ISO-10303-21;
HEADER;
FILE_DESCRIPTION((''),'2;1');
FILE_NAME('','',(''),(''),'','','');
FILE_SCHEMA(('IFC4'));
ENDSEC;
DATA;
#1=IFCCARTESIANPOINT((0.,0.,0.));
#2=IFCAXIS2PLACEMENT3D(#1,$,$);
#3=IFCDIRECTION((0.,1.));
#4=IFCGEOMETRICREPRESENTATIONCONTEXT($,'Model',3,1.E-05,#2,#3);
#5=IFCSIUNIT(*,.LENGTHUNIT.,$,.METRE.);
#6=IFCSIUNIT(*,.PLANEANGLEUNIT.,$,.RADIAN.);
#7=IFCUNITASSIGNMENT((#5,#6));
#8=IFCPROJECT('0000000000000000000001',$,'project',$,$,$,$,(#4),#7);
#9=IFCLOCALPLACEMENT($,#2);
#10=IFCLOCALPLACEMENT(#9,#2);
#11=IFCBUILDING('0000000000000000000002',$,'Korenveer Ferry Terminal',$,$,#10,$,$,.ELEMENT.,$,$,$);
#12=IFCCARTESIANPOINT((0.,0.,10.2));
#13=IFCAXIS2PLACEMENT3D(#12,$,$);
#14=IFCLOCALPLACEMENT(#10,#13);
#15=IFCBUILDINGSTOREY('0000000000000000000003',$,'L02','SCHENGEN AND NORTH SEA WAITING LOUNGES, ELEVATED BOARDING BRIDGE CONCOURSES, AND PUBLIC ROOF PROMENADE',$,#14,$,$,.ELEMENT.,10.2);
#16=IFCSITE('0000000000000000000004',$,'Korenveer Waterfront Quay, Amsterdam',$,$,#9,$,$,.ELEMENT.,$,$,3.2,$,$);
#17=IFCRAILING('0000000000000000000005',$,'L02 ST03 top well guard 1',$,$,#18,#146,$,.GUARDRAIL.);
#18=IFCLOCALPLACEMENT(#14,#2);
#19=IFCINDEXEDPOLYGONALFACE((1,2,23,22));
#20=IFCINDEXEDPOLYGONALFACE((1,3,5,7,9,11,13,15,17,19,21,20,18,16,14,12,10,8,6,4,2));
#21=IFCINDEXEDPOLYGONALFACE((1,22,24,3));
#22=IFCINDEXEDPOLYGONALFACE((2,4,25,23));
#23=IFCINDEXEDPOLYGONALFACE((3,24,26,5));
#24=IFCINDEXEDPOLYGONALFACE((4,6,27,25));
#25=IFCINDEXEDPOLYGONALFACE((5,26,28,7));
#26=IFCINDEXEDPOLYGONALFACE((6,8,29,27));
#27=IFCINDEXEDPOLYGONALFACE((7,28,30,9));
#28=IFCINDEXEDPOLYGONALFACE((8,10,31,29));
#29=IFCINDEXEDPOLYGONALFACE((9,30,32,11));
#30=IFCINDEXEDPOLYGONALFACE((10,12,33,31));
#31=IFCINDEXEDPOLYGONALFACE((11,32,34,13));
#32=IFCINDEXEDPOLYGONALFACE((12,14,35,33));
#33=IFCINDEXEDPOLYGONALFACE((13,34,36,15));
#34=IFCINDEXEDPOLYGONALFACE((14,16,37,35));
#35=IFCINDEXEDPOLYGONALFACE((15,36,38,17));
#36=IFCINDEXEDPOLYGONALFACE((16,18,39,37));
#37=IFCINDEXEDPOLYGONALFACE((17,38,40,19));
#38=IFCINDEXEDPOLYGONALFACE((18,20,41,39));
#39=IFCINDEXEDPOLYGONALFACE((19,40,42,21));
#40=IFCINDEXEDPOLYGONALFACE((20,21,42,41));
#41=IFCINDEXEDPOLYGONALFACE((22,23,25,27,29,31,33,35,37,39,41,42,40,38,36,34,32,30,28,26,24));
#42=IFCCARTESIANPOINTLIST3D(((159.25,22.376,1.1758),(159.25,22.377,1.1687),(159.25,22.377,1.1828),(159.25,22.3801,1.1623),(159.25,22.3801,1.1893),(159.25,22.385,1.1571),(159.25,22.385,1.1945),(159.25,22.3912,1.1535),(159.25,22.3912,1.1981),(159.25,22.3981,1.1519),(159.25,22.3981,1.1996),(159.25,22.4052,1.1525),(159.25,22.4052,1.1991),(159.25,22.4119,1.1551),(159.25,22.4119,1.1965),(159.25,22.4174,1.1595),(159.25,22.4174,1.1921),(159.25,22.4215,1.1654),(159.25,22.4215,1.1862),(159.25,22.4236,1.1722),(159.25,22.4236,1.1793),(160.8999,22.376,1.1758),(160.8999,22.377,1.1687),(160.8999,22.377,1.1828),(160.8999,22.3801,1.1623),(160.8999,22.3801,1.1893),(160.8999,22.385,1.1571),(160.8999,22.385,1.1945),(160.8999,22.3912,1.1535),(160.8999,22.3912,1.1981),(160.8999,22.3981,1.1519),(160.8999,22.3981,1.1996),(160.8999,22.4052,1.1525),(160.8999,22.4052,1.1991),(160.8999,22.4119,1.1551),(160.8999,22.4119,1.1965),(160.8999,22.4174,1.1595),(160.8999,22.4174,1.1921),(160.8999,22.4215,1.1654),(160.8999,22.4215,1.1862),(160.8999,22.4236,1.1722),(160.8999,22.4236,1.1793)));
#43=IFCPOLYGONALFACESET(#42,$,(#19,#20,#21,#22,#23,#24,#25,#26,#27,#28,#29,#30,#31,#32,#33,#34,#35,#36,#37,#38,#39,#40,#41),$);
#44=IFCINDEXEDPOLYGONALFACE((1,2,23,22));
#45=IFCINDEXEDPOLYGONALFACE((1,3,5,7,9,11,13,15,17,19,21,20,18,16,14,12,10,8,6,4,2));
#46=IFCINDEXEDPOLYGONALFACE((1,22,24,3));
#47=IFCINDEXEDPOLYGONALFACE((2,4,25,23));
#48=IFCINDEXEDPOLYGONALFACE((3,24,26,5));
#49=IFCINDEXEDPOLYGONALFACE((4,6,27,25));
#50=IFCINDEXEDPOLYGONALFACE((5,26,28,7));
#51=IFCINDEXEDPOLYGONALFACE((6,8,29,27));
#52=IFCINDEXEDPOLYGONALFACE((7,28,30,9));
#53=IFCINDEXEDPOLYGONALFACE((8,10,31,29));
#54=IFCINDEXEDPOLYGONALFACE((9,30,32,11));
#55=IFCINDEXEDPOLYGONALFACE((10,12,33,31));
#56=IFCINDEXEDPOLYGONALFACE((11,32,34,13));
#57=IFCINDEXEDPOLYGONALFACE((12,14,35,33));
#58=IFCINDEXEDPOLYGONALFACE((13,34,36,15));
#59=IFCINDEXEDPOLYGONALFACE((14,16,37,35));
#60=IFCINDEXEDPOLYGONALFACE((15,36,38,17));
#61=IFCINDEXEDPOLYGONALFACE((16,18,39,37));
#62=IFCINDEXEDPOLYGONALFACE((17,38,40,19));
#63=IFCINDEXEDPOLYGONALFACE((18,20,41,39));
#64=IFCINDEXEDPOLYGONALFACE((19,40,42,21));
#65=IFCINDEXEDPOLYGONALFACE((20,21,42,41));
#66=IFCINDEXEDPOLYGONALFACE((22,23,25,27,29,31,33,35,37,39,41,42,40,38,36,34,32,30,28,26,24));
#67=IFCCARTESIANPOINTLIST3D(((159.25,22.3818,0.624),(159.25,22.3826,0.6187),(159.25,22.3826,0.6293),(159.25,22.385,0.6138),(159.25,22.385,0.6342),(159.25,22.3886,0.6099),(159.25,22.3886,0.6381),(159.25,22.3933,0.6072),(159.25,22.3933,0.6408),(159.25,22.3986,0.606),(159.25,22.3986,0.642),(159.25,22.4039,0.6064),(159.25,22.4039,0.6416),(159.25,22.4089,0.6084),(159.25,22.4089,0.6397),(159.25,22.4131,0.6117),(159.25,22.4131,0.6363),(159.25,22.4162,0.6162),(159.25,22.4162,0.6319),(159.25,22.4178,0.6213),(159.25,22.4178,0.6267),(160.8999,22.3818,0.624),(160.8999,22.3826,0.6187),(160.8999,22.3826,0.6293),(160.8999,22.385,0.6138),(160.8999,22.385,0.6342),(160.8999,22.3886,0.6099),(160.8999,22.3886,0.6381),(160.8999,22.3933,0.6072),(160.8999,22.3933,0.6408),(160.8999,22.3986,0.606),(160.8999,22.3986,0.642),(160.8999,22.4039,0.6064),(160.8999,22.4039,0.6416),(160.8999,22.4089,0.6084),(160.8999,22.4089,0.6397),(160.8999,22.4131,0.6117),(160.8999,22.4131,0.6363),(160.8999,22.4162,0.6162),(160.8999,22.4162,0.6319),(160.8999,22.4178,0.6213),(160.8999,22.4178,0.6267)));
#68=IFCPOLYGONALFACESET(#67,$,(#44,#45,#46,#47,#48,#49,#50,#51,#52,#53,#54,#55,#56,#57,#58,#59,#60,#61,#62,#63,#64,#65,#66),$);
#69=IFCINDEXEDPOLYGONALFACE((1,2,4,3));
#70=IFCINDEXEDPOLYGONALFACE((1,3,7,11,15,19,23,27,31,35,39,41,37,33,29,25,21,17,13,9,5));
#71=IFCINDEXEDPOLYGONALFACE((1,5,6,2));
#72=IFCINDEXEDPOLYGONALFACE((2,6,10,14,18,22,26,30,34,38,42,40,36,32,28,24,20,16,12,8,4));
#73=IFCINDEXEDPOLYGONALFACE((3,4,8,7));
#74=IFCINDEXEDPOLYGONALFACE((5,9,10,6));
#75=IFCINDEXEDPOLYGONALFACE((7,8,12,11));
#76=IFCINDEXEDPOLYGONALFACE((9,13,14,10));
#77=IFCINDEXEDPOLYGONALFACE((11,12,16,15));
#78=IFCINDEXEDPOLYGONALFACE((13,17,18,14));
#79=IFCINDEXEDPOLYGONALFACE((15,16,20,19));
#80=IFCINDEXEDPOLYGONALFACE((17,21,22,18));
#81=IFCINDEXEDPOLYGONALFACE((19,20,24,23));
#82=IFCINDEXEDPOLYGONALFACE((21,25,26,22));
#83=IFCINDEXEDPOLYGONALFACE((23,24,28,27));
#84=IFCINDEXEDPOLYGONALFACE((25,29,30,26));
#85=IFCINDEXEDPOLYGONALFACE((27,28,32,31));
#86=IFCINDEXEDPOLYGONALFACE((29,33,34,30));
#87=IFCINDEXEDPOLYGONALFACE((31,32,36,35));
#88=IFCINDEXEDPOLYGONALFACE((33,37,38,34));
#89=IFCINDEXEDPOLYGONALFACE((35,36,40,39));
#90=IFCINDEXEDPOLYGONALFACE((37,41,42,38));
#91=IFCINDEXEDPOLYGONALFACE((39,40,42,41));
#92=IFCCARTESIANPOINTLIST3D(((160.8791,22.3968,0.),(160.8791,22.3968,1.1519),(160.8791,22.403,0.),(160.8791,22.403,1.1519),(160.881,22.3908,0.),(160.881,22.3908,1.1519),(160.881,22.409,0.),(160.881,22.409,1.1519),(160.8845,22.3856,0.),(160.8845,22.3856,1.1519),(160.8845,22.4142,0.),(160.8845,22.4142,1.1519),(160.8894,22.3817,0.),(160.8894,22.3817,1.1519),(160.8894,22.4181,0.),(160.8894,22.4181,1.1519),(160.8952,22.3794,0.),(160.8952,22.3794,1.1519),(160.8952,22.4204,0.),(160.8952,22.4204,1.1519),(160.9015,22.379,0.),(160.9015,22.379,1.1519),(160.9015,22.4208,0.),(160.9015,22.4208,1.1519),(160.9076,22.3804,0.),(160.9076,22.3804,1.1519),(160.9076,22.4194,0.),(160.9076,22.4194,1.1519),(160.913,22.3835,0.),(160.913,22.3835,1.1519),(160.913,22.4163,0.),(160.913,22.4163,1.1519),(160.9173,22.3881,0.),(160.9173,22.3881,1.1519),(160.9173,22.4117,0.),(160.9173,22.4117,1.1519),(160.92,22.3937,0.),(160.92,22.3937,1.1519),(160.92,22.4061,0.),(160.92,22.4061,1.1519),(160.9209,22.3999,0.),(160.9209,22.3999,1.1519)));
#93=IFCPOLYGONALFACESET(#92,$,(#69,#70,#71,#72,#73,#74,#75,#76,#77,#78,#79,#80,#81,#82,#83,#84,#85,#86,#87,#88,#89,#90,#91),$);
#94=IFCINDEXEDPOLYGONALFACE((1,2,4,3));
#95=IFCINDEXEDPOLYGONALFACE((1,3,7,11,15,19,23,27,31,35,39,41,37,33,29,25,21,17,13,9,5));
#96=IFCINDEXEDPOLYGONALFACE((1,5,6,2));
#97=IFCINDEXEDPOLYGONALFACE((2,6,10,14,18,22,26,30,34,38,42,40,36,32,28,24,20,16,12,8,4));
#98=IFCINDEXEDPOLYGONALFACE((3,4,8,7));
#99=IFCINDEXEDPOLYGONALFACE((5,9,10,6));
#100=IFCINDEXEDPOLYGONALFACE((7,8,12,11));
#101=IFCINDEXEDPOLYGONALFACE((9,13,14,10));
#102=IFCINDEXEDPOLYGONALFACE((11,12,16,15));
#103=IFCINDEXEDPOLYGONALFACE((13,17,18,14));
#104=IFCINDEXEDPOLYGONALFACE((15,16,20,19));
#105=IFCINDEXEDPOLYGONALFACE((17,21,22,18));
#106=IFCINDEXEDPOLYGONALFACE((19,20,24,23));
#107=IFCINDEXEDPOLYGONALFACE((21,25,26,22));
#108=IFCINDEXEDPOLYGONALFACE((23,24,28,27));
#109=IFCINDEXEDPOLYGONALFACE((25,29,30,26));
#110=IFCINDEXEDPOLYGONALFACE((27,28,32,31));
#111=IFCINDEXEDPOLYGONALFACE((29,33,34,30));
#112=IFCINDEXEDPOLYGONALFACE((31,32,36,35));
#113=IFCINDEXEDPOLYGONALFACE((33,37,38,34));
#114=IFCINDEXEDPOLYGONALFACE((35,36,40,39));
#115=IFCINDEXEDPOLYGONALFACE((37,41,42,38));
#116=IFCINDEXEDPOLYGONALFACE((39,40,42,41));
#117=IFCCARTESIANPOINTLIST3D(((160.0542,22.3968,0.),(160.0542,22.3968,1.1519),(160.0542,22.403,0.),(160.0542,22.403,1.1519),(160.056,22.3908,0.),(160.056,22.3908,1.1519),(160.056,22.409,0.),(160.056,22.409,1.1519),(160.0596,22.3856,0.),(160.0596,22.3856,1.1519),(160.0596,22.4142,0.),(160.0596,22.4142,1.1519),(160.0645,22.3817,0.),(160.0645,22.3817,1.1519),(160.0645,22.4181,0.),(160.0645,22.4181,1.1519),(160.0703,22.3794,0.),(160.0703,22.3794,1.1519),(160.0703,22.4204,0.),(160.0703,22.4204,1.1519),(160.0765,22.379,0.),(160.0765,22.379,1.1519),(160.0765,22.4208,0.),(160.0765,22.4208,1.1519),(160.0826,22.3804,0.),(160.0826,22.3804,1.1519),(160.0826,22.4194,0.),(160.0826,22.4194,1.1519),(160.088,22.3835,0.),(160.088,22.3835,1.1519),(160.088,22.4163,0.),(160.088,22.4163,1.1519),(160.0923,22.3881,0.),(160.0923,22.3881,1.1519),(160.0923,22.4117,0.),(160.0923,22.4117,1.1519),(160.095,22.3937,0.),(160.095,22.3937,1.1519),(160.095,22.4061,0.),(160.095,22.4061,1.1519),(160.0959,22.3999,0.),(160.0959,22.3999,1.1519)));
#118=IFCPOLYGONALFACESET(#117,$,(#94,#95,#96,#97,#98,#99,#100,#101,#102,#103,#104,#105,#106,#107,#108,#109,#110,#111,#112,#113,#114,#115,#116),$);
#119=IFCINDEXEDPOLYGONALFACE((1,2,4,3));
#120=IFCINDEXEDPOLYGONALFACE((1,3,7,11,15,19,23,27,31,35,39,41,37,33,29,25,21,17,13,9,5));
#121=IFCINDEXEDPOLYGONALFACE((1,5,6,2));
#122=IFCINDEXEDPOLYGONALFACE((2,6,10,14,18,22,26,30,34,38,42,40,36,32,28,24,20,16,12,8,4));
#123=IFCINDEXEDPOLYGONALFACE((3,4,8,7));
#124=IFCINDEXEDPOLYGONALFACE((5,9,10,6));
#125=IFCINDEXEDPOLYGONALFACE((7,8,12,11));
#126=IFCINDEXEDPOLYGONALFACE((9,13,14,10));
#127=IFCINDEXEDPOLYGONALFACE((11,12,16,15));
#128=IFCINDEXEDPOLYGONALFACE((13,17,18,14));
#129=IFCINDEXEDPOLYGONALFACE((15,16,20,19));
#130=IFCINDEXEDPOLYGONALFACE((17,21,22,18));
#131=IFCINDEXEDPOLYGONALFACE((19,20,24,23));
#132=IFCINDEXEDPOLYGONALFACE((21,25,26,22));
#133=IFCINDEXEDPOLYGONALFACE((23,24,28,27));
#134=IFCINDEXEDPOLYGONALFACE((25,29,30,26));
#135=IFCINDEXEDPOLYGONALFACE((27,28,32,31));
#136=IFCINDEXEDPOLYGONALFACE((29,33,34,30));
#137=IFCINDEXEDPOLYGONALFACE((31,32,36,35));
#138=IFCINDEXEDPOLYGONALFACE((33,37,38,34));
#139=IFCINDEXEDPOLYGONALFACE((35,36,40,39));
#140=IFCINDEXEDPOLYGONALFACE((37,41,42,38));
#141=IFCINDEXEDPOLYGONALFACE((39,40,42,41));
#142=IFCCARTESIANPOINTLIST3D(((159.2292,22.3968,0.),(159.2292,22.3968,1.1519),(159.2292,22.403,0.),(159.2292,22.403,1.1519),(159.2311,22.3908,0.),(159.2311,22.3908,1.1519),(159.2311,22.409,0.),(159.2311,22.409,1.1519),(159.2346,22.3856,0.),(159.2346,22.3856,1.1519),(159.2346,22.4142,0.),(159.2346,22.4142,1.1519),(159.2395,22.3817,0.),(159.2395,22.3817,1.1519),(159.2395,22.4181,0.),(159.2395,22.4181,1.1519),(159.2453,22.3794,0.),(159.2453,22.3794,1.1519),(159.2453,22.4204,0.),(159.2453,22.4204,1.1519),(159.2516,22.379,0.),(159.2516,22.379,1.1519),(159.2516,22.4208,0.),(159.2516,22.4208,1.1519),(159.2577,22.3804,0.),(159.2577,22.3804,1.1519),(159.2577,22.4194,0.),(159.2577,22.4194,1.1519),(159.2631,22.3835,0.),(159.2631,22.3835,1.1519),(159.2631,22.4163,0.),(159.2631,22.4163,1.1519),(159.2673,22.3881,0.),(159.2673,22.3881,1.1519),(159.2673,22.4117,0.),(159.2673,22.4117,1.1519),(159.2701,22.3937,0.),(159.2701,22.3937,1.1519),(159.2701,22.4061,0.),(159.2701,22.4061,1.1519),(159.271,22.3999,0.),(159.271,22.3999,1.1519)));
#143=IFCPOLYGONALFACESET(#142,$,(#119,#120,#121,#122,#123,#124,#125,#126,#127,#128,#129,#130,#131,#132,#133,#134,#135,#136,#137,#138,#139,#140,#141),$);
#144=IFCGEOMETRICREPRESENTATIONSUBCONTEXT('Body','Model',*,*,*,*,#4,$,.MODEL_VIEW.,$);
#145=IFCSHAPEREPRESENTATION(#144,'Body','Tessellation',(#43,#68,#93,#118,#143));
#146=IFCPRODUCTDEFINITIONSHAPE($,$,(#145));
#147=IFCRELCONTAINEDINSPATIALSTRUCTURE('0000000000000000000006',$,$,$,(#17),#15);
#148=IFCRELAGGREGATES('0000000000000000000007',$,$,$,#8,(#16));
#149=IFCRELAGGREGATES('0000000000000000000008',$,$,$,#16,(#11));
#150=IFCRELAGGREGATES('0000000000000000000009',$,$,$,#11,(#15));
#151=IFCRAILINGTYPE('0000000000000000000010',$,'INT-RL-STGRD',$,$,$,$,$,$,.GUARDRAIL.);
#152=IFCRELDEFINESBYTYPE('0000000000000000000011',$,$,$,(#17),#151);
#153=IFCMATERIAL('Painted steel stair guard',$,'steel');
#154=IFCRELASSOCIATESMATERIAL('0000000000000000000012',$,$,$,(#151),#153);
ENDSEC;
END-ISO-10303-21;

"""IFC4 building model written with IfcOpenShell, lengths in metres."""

from ifc_helpers import new_model, si_unit, direction, frame, origin, origin_2d, place, context, subcontext, project, spatial, circle, extrude, material, type_object, element, save


model = new_model("IFC4")

# Units and contexts
model_context = context("Model", 3, precision=1e-05, world=origin(), true_north=direction((0.0, 1.0)))
body_context = subcontext(model_context, "Body", "Model", "MODEL_VIEW")
ifc_project = project(units=[si_unit("LENGTHUNIT", "METRE"), si_unit("PLANEANGLEUNIT", "RADIAN")], contexts=[model_context])

# Site, building, storey
site_placement = place(None, origin())
site = spatial("IfcSite", under=ifc_project, at=site_placement, Name="Korenveer Waterfront Quay, Amsterdam", CompositionType="ELEMENT", RefElevation=3.2)
building_placement = place(site_placement, origin())
building = spatial("IfcBuilding", under=site, at=building_placement, Name="Korenveer Ferry Terminal", CompositionType="ELEMENT")
storey_placement = place(building_placement, frame((0.0, 0.0, 10.2)))
storey = spatial("IfcBuildingStorey", under=building, at=storey_placement, Name="L02", Description="SCHENGEN AND NORTH SEA WAITING LOUNGES, ELEVATED BOARDING BRIDGE CONCOURSES, AND PUBLIC ROOF PROMENADE", CompositionType="ELEMENT", Elevation=10.2)

# Railing
ifc_material_1 = material(Name="Painted steel stair guard", Category="steel")
railing_type = type_object("IfcRailingType", Name="INT-RL-STGRD", PredefinedType="GUARDRAIL", material=ifc_material_1)
railing_placement = place(storey_placement, frame((160.8999, 22.3999, 0.0)))
element("IfcRailing", 1, at=railing_placement, inside=storey, type_object=railing_type, Name="L02 ST03 top well guard 1", PredefinedType="GUARDRAIL", context=body_context, shape_type="SweptSolid", body=[
    extrude(circle(Radius=0.0239, at=origin_2d()), frame((0.0, 0.0, 1.1758), z_axis=(-1.0, 0.0, 0.0), x_axis=(0.0, -1.0, 0.0)), (0.0, 0.0, 1.0), 1.6499),
    extrude(circle(Radius=0.0181, at=origin_2d()), frame((0.0, 0.0, 0.624), z_axis=(-1.0, 0.0, 0.0), x_axis=(0.0, -1.0, 0.0)), (0.0, 0.0, 1.0), 1.6499),
    extrude(circle(Radius=0.021, at=origin_2d()), origin(), (0.0, 0.0, 1.0), 1.1519),
    extrude(circle(Radius=0.021, at=origin_2d()), frame((-0.825, 0.0, 0.0)), (0.0, 0.0, 1.0), 1.1519),
    extrude(circle(Radius=0.021, at=origin_2d()), frame((-1.6499, 0.0, 0.0)), (0.0, 0.0, 1.0), 1.1519),
])

save(model, "model.ifc")
